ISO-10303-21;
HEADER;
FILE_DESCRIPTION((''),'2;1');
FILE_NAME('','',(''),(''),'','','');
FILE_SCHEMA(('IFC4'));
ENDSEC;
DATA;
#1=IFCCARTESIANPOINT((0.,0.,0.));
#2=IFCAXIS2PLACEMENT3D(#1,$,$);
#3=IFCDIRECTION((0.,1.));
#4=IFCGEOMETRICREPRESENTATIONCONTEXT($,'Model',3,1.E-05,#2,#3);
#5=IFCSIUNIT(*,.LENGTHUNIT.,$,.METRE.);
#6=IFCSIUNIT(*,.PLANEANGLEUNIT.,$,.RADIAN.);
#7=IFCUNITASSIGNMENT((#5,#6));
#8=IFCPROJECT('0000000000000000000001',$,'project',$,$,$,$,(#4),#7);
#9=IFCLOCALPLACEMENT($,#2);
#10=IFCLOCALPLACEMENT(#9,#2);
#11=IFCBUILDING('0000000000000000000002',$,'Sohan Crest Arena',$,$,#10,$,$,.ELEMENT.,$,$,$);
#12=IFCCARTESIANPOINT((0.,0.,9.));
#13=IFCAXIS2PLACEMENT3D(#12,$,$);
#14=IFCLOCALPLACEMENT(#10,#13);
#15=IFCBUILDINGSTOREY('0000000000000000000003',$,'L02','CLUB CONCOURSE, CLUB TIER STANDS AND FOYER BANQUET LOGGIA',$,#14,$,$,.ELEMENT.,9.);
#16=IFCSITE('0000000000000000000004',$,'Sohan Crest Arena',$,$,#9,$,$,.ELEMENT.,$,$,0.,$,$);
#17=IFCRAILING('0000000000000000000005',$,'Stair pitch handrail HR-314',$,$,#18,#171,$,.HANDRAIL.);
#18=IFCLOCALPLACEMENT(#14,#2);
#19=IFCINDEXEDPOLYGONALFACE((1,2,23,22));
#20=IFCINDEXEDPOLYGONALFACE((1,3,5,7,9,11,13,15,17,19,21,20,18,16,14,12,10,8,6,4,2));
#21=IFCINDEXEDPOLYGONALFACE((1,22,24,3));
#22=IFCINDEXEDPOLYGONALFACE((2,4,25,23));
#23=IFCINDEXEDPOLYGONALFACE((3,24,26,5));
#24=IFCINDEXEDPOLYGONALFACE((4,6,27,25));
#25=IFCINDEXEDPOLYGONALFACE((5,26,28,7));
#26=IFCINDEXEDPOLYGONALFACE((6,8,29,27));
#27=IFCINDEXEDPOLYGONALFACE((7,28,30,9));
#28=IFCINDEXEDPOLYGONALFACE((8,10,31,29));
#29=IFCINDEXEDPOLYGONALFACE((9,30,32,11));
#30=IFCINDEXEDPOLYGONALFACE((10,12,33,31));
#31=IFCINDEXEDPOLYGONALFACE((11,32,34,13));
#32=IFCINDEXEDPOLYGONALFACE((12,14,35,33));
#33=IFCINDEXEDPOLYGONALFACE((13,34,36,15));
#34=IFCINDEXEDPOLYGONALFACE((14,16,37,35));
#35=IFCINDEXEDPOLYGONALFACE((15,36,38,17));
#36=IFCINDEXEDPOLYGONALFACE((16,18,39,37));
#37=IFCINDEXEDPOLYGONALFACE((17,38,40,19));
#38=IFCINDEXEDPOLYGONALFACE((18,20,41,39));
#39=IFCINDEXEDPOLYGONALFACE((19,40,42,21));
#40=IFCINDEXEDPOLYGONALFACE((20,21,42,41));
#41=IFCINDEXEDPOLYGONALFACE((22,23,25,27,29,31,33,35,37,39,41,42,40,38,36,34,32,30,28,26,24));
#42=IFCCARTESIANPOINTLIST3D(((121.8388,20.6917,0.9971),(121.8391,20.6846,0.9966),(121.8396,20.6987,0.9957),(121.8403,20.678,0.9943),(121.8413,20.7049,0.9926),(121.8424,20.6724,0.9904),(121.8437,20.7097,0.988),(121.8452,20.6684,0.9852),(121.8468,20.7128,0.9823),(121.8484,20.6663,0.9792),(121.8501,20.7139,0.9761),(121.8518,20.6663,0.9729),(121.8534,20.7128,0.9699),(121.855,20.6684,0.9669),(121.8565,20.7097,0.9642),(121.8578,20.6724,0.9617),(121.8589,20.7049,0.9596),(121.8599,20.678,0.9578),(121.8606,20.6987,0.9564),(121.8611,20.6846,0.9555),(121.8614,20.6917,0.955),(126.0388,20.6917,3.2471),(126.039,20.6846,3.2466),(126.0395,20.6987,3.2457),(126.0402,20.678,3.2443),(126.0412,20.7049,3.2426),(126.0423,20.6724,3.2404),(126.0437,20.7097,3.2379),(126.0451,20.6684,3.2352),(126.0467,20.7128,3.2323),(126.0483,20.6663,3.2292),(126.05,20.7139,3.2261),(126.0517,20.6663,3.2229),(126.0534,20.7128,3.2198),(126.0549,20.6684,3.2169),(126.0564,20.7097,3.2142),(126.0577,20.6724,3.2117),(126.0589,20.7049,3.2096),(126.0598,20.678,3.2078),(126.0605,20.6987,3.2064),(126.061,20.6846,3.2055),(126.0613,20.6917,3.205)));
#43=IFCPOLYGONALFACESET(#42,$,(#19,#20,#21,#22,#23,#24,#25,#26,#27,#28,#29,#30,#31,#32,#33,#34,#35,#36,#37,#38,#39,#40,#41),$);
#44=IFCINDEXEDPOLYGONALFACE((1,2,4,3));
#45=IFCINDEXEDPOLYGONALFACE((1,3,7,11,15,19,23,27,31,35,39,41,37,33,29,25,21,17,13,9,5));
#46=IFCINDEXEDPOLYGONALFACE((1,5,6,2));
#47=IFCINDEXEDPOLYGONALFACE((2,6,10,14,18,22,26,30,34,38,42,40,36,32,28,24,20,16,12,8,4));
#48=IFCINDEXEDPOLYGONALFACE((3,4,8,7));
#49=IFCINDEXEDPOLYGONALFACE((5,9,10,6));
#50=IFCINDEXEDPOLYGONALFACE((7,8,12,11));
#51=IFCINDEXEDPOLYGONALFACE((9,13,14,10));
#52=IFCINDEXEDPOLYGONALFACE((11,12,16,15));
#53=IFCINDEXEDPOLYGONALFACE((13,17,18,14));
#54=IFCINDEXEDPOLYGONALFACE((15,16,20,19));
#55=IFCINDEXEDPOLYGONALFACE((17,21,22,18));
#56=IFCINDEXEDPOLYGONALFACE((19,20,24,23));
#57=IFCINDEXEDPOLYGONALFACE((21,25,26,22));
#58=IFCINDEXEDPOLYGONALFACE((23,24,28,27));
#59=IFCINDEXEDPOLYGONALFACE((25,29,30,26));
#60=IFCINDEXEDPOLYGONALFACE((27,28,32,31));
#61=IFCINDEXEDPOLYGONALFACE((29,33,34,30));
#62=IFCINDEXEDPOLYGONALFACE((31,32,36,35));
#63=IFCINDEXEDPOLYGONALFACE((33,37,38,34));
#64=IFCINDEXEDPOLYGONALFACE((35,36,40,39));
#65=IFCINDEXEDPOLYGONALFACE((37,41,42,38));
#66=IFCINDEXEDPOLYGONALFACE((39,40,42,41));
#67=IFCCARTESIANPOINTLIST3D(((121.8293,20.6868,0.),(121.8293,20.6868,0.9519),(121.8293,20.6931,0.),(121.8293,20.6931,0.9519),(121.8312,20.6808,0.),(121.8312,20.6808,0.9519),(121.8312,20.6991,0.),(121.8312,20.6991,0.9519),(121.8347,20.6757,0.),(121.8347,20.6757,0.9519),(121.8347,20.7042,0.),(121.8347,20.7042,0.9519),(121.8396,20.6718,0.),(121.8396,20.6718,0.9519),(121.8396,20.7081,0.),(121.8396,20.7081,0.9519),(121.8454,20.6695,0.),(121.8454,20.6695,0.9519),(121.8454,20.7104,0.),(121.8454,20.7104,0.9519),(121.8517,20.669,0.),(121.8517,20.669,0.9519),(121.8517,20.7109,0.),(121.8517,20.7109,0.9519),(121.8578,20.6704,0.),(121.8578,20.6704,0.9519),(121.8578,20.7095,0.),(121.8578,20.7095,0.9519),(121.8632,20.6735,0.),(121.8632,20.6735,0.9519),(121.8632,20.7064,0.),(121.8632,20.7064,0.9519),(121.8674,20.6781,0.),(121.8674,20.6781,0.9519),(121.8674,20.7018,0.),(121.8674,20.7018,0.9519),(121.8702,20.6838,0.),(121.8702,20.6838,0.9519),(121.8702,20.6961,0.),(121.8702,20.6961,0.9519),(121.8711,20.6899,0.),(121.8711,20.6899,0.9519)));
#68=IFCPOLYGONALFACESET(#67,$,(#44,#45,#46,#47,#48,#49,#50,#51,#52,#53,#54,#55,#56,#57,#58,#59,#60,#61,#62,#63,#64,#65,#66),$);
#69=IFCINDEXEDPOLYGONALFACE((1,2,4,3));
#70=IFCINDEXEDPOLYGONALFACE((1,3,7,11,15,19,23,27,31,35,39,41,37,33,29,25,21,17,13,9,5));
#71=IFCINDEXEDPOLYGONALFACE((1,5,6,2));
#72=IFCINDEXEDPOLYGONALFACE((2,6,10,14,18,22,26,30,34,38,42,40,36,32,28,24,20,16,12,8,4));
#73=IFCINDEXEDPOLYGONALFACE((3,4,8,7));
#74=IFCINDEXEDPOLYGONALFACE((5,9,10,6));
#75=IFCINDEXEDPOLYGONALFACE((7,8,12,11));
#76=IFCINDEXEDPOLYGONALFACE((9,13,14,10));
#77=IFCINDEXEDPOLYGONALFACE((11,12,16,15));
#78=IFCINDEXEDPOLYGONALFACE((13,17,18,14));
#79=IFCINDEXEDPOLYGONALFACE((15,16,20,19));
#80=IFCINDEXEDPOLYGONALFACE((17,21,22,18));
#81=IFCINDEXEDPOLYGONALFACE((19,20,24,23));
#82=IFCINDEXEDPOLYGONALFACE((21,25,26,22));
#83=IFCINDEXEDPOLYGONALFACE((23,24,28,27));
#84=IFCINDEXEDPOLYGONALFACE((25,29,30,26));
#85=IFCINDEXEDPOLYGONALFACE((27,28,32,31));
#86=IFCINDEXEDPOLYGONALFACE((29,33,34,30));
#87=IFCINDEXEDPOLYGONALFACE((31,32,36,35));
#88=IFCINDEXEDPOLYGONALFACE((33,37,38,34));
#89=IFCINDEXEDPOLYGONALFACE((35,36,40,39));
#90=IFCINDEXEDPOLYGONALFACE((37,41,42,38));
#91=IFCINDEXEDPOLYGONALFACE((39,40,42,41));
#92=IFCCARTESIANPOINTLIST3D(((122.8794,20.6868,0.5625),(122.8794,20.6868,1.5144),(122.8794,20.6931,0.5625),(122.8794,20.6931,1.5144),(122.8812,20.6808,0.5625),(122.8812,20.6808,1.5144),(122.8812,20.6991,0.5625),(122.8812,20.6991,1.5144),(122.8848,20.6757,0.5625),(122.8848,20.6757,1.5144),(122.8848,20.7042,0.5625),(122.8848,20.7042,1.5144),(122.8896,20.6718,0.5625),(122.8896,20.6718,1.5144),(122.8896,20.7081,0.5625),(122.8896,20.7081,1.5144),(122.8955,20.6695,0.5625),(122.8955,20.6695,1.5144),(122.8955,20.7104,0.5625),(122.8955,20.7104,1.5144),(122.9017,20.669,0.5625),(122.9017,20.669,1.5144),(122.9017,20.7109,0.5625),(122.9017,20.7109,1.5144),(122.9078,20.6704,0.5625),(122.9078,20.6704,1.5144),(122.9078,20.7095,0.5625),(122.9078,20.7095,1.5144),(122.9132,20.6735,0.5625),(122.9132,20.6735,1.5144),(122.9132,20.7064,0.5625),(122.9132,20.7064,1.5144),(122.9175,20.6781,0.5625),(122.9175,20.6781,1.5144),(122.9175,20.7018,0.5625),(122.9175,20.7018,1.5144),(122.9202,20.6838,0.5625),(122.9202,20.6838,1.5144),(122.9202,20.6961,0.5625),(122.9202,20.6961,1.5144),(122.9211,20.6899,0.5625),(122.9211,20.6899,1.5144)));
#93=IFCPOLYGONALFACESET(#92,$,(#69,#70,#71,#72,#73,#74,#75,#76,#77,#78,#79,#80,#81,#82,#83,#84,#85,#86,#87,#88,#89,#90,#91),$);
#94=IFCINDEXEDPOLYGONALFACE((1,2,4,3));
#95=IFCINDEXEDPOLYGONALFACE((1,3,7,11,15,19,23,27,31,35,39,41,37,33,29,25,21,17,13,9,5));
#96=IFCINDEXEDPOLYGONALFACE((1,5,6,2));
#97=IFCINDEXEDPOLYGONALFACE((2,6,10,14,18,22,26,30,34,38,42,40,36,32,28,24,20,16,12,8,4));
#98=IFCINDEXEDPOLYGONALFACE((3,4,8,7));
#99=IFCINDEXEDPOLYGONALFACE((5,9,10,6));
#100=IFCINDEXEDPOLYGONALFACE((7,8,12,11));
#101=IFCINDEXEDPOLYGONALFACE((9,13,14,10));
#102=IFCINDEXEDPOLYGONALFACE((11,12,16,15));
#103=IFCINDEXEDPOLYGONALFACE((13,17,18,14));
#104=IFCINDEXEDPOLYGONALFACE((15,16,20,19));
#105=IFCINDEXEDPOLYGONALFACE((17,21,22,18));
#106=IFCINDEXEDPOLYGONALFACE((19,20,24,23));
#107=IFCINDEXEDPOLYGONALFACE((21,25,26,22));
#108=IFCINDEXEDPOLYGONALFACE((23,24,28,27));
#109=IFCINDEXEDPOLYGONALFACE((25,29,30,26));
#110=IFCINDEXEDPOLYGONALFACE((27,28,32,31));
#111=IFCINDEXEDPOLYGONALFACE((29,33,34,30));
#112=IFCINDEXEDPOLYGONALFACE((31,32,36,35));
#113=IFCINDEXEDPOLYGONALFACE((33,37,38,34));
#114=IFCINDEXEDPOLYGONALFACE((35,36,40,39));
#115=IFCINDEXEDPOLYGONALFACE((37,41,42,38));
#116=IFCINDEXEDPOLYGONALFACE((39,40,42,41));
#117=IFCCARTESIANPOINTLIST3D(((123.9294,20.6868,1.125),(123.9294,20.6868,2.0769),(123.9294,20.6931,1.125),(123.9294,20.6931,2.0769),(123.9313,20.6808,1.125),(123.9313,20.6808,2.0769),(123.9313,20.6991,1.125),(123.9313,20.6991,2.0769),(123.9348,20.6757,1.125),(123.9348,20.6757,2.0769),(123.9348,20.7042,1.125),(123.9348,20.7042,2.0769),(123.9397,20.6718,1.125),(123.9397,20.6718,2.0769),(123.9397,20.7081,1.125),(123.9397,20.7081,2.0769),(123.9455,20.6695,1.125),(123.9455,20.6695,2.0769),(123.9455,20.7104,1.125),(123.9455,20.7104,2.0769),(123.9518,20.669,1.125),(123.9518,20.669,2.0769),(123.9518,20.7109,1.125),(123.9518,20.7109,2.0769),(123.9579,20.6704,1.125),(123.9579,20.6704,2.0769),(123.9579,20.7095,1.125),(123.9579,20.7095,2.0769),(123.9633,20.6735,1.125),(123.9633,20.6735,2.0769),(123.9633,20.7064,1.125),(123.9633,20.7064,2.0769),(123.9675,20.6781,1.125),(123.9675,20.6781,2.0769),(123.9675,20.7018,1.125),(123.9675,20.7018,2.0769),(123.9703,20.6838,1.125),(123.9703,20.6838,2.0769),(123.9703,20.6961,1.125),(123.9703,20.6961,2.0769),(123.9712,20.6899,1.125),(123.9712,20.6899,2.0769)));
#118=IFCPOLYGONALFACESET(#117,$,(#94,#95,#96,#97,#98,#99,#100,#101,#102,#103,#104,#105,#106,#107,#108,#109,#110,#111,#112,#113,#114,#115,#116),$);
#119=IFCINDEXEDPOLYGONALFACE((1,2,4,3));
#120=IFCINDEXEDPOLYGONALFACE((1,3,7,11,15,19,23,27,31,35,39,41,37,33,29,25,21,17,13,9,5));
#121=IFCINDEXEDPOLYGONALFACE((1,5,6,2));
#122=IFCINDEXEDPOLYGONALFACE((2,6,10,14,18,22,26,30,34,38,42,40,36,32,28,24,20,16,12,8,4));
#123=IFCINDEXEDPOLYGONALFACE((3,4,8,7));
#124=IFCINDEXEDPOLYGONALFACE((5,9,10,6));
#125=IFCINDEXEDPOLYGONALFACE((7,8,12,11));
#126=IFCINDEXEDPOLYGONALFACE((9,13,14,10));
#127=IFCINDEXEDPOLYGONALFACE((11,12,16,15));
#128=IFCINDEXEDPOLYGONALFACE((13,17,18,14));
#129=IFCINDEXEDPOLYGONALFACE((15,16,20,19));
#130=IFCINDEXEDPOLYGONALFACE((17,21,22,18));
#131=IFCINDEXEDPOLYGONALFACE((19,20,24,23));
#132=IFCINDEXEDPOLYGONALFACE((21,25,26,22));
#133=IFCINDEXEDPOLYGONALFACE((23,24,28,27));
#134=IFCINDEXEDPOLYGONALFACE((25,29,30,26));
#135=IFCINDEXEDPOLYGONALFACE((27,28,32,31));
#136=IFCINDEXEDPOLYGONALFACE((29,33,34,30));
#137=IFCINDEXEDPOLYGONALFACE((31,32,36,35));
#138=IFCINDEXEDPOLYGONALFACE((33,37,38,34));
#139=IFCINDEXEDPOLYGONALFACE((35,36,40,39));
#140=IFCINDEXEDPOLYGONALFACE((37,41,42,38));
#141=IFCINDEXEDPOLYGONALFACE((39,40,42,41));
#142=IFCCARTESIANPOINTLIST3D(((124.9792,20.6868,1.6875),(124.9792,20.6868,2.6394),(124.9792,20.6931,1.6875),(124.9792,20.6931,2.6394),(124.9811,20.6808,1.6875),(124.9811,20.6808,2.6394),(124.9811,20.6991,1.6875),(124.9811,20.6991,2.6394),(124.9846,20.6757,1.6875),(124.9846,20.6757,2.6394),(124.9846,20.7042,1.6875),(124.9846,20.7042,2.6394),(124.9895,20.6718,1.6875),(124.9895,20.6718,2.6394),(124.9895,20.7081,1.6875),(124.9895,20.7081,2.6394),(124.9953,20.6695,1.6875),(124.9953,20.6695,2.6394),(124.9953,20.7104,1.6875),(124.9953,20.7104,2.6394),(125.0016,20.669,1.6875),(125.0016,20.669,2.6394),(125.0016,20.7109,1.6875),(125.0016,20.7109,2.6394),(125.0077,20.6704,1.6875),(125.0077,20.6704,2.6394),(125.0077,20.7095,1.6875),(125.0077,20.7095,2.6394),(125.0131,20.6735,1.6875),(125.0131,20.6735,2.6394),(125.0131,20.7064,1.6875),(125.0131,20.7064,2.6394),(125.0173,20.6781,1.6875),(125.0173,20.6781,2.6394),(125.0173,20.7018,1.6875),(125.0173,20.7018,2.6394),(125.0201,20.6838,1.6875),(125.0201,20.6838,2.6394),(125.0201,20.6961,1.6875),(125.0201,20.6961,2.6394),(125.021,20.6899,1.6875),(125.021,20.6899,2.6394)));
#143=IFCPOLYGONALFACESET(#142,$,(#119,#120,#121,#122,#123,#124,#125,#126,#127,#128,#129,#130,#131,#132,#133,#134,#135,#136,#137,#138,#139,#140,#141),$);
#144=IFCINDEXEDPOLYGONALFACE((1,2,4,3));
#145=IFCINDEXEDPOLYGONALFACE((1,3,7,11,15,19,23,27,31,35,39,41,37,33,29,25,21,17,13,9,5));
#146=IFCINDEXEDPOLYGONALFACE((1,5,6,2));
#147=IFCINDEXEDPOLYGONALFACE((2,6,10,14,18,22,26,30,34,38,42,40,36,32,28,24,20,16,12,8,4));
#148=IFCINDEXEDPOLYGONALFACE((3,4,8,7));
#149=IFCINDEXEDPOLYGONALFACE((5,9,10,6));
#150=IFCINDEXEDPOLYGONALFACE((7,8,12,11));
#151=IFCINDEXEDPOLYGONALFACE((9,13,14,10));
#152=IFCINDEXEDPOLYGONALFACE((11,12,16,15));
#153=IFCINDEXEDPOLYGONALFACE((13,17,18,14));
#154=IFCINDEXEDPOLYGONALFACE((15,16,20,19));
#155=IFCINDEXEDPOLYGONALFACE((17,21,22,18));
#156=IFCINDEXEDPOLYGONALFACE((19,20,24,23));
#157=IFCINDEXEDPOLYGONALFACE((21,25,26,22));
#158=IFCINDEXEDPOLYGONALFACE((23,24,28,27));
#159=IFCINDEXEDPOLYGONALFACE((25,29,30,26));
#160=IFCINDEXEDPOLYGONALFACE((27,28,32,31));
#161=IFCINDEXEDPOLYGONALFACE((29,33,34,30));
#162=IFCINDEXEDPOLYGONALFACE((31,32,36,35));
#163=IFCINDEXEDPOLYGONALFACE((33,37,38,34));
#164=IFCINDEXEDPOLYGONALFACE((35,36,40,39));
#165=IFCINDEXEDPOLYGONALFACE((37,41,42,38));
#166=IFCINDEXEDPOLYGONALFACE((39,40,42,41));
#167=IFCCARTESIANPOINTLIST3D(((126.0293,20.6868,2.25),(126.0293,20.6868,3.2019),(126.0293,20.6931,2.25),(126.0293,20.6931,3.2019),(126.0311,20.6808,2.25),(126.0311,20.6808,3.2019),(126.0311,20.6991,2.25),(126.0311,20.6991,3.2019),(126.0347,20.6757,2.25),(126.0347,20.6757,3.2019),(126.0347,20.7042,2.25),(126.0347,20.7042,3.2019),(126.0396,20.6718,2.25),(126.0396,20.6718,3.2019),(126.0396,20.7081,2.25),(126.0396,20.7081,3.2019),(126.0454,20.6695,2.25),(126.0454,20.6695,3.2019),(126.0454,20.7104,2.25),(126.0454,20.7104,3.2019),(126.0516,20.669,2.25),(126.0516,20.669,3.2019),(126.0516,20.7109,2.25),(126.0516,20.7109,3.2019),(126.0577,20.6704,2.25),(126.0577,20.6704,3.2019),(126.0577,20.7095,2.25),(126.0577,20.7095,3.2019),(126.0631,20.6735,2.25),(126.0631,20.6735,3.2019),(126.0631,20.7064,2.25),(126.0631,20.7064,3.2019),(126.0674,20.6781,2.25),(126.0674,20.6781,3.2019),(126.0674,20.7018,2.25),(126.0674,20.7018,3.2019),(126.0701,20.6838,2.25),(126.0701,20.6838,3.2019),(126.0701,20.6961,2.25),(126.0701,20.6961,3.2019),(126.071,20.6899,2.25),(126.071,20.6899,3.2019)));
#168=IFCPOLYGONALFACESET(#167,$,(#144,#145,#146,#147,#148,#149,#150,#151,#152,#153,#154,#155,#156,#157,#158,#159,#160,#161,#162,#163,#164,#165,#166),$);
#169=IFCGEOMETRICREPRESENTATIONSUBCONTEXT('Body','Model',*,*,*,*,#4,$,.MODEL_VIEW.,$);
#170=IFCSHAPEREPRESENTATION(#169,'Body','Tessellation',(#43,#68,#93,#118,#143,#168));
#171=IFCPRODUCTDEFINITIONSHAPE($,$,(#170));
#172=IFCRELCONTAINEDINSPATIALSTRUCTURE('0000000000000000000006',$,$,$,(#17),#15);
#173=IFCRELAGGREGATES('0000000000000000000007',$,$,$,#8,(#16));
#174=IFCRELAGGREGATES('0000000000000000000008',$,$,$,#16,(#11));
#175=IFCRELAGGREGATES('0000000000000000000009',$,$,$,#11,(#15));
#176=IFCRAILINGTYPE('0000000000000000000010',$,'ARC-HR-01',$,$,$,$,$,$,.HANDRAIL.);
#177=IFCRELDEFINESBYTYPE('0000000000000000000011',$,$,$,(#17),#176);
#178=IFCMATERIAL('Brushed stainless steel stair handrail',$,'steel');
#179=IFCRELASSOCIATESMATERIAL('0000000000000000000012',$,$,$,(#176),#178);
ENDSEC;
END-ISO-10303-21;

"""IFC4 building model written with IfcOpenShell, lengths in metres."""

from ifc_helpers import new_model, si_unit, direction, frame, origin, origin_2d, place, context, subcontext, project, spatial, circle, extrude, material, type_object, element, save


model = new_model("IFC4")

# Units and contexts
model_context = context("Model", 3, precision=1e-05, world=origin(), true_north=direction((0.0, 1.0)))
body_context = subcontext(model_context, "Body", "Model", "MODEL_VIEW")
ifc_project = project(units=[si_unit("LENGTHUNIT", "METRE"), si_unit("PLANEANGLEUNIT", "RADIAN")], contexts=[model_context])

# Site, building, storey
site_placement = place(None, origin())
site = spatial("IfcSite", under=ifc_project, at=site_placement, Name="Sohan Crest Arena", CompositionType="ELEMENT", RefElevation=0.0)
building_placement = place(site_placement, origin())
building = spatial("IfcBuilding", under=site, at=building_placement, Name="Sohan Crest Arena", CompositionType="ELEMENT")
storey_placement = place(building_placement, frame((0.0, 0.0, 9.0)))
storey = spatial("IfcBuildingStorey", under=building, at=storey_placement, Name="L02", Description="CLUB CONCOURSE, CLUB TIER STANDS AND FOYER BANQUET LOGGIA", CompositionType="ELEMENT", Elevation=9.0)

# Railing
ifc_material_1 = material(Name="Brushed stainless steel stair handrail", Category="steel")
railing_type_1 = type_object("IfcRailingType", Name="ARC-HR-01", PredefinedType="HANDRAIL", material=ifc_material_1)
for number, where, name in (
    (1, (121.8501, 20.6899, 0.0), "Stair pitch handrail HR-314"),
):
    element("IfcRailing", number, at=place(storey_placement, frame(where)), inside=storey, type_object=railing_type_1, Name=name, PredefinedType="HANDRAIL", context=body_context, shape_type="SweptSolid", body=[
        extrude(circle(Radius=0.0239, at=origin_2d()), frame((0.0, 0.0, 0.9761), z_axis=(0.881478, 0.0, 0.472226), x_axis=(0.0, 1.0, 0.0)), (0.0, 0.0, 1.0), 4.7646),
        extrude(circle(Radius=0.021, at=origin_2d()), origin(), (0.0, 0.0, 1.0), 0.9519),
        extrude(circle(Radius=0.021, at=origin_2d()), frame((1.05, 0.0, 0.5625)), (0.0, 0.0, 1.0), 0.9519),
        extrude(circle(Radius=0.021, at=origin_2d()), frame((2.1001, 0.0, 1.125)), (0.0, 0.0, 1.0), 0.9519),
        extrude(circle(Radius=0.021, at=origin_2d()), frame((3.1499, 0.0, 1.6875)), (0.0, 0.0, 1.0), 0.9519),
        extrude(circle(Radius=0.021, at=origin_2d()), frame((4.2, 0.0, 2.25)), (0.0, 0.0, 1.0), 0.9519),
    ])

save(model, "model.ifc")
